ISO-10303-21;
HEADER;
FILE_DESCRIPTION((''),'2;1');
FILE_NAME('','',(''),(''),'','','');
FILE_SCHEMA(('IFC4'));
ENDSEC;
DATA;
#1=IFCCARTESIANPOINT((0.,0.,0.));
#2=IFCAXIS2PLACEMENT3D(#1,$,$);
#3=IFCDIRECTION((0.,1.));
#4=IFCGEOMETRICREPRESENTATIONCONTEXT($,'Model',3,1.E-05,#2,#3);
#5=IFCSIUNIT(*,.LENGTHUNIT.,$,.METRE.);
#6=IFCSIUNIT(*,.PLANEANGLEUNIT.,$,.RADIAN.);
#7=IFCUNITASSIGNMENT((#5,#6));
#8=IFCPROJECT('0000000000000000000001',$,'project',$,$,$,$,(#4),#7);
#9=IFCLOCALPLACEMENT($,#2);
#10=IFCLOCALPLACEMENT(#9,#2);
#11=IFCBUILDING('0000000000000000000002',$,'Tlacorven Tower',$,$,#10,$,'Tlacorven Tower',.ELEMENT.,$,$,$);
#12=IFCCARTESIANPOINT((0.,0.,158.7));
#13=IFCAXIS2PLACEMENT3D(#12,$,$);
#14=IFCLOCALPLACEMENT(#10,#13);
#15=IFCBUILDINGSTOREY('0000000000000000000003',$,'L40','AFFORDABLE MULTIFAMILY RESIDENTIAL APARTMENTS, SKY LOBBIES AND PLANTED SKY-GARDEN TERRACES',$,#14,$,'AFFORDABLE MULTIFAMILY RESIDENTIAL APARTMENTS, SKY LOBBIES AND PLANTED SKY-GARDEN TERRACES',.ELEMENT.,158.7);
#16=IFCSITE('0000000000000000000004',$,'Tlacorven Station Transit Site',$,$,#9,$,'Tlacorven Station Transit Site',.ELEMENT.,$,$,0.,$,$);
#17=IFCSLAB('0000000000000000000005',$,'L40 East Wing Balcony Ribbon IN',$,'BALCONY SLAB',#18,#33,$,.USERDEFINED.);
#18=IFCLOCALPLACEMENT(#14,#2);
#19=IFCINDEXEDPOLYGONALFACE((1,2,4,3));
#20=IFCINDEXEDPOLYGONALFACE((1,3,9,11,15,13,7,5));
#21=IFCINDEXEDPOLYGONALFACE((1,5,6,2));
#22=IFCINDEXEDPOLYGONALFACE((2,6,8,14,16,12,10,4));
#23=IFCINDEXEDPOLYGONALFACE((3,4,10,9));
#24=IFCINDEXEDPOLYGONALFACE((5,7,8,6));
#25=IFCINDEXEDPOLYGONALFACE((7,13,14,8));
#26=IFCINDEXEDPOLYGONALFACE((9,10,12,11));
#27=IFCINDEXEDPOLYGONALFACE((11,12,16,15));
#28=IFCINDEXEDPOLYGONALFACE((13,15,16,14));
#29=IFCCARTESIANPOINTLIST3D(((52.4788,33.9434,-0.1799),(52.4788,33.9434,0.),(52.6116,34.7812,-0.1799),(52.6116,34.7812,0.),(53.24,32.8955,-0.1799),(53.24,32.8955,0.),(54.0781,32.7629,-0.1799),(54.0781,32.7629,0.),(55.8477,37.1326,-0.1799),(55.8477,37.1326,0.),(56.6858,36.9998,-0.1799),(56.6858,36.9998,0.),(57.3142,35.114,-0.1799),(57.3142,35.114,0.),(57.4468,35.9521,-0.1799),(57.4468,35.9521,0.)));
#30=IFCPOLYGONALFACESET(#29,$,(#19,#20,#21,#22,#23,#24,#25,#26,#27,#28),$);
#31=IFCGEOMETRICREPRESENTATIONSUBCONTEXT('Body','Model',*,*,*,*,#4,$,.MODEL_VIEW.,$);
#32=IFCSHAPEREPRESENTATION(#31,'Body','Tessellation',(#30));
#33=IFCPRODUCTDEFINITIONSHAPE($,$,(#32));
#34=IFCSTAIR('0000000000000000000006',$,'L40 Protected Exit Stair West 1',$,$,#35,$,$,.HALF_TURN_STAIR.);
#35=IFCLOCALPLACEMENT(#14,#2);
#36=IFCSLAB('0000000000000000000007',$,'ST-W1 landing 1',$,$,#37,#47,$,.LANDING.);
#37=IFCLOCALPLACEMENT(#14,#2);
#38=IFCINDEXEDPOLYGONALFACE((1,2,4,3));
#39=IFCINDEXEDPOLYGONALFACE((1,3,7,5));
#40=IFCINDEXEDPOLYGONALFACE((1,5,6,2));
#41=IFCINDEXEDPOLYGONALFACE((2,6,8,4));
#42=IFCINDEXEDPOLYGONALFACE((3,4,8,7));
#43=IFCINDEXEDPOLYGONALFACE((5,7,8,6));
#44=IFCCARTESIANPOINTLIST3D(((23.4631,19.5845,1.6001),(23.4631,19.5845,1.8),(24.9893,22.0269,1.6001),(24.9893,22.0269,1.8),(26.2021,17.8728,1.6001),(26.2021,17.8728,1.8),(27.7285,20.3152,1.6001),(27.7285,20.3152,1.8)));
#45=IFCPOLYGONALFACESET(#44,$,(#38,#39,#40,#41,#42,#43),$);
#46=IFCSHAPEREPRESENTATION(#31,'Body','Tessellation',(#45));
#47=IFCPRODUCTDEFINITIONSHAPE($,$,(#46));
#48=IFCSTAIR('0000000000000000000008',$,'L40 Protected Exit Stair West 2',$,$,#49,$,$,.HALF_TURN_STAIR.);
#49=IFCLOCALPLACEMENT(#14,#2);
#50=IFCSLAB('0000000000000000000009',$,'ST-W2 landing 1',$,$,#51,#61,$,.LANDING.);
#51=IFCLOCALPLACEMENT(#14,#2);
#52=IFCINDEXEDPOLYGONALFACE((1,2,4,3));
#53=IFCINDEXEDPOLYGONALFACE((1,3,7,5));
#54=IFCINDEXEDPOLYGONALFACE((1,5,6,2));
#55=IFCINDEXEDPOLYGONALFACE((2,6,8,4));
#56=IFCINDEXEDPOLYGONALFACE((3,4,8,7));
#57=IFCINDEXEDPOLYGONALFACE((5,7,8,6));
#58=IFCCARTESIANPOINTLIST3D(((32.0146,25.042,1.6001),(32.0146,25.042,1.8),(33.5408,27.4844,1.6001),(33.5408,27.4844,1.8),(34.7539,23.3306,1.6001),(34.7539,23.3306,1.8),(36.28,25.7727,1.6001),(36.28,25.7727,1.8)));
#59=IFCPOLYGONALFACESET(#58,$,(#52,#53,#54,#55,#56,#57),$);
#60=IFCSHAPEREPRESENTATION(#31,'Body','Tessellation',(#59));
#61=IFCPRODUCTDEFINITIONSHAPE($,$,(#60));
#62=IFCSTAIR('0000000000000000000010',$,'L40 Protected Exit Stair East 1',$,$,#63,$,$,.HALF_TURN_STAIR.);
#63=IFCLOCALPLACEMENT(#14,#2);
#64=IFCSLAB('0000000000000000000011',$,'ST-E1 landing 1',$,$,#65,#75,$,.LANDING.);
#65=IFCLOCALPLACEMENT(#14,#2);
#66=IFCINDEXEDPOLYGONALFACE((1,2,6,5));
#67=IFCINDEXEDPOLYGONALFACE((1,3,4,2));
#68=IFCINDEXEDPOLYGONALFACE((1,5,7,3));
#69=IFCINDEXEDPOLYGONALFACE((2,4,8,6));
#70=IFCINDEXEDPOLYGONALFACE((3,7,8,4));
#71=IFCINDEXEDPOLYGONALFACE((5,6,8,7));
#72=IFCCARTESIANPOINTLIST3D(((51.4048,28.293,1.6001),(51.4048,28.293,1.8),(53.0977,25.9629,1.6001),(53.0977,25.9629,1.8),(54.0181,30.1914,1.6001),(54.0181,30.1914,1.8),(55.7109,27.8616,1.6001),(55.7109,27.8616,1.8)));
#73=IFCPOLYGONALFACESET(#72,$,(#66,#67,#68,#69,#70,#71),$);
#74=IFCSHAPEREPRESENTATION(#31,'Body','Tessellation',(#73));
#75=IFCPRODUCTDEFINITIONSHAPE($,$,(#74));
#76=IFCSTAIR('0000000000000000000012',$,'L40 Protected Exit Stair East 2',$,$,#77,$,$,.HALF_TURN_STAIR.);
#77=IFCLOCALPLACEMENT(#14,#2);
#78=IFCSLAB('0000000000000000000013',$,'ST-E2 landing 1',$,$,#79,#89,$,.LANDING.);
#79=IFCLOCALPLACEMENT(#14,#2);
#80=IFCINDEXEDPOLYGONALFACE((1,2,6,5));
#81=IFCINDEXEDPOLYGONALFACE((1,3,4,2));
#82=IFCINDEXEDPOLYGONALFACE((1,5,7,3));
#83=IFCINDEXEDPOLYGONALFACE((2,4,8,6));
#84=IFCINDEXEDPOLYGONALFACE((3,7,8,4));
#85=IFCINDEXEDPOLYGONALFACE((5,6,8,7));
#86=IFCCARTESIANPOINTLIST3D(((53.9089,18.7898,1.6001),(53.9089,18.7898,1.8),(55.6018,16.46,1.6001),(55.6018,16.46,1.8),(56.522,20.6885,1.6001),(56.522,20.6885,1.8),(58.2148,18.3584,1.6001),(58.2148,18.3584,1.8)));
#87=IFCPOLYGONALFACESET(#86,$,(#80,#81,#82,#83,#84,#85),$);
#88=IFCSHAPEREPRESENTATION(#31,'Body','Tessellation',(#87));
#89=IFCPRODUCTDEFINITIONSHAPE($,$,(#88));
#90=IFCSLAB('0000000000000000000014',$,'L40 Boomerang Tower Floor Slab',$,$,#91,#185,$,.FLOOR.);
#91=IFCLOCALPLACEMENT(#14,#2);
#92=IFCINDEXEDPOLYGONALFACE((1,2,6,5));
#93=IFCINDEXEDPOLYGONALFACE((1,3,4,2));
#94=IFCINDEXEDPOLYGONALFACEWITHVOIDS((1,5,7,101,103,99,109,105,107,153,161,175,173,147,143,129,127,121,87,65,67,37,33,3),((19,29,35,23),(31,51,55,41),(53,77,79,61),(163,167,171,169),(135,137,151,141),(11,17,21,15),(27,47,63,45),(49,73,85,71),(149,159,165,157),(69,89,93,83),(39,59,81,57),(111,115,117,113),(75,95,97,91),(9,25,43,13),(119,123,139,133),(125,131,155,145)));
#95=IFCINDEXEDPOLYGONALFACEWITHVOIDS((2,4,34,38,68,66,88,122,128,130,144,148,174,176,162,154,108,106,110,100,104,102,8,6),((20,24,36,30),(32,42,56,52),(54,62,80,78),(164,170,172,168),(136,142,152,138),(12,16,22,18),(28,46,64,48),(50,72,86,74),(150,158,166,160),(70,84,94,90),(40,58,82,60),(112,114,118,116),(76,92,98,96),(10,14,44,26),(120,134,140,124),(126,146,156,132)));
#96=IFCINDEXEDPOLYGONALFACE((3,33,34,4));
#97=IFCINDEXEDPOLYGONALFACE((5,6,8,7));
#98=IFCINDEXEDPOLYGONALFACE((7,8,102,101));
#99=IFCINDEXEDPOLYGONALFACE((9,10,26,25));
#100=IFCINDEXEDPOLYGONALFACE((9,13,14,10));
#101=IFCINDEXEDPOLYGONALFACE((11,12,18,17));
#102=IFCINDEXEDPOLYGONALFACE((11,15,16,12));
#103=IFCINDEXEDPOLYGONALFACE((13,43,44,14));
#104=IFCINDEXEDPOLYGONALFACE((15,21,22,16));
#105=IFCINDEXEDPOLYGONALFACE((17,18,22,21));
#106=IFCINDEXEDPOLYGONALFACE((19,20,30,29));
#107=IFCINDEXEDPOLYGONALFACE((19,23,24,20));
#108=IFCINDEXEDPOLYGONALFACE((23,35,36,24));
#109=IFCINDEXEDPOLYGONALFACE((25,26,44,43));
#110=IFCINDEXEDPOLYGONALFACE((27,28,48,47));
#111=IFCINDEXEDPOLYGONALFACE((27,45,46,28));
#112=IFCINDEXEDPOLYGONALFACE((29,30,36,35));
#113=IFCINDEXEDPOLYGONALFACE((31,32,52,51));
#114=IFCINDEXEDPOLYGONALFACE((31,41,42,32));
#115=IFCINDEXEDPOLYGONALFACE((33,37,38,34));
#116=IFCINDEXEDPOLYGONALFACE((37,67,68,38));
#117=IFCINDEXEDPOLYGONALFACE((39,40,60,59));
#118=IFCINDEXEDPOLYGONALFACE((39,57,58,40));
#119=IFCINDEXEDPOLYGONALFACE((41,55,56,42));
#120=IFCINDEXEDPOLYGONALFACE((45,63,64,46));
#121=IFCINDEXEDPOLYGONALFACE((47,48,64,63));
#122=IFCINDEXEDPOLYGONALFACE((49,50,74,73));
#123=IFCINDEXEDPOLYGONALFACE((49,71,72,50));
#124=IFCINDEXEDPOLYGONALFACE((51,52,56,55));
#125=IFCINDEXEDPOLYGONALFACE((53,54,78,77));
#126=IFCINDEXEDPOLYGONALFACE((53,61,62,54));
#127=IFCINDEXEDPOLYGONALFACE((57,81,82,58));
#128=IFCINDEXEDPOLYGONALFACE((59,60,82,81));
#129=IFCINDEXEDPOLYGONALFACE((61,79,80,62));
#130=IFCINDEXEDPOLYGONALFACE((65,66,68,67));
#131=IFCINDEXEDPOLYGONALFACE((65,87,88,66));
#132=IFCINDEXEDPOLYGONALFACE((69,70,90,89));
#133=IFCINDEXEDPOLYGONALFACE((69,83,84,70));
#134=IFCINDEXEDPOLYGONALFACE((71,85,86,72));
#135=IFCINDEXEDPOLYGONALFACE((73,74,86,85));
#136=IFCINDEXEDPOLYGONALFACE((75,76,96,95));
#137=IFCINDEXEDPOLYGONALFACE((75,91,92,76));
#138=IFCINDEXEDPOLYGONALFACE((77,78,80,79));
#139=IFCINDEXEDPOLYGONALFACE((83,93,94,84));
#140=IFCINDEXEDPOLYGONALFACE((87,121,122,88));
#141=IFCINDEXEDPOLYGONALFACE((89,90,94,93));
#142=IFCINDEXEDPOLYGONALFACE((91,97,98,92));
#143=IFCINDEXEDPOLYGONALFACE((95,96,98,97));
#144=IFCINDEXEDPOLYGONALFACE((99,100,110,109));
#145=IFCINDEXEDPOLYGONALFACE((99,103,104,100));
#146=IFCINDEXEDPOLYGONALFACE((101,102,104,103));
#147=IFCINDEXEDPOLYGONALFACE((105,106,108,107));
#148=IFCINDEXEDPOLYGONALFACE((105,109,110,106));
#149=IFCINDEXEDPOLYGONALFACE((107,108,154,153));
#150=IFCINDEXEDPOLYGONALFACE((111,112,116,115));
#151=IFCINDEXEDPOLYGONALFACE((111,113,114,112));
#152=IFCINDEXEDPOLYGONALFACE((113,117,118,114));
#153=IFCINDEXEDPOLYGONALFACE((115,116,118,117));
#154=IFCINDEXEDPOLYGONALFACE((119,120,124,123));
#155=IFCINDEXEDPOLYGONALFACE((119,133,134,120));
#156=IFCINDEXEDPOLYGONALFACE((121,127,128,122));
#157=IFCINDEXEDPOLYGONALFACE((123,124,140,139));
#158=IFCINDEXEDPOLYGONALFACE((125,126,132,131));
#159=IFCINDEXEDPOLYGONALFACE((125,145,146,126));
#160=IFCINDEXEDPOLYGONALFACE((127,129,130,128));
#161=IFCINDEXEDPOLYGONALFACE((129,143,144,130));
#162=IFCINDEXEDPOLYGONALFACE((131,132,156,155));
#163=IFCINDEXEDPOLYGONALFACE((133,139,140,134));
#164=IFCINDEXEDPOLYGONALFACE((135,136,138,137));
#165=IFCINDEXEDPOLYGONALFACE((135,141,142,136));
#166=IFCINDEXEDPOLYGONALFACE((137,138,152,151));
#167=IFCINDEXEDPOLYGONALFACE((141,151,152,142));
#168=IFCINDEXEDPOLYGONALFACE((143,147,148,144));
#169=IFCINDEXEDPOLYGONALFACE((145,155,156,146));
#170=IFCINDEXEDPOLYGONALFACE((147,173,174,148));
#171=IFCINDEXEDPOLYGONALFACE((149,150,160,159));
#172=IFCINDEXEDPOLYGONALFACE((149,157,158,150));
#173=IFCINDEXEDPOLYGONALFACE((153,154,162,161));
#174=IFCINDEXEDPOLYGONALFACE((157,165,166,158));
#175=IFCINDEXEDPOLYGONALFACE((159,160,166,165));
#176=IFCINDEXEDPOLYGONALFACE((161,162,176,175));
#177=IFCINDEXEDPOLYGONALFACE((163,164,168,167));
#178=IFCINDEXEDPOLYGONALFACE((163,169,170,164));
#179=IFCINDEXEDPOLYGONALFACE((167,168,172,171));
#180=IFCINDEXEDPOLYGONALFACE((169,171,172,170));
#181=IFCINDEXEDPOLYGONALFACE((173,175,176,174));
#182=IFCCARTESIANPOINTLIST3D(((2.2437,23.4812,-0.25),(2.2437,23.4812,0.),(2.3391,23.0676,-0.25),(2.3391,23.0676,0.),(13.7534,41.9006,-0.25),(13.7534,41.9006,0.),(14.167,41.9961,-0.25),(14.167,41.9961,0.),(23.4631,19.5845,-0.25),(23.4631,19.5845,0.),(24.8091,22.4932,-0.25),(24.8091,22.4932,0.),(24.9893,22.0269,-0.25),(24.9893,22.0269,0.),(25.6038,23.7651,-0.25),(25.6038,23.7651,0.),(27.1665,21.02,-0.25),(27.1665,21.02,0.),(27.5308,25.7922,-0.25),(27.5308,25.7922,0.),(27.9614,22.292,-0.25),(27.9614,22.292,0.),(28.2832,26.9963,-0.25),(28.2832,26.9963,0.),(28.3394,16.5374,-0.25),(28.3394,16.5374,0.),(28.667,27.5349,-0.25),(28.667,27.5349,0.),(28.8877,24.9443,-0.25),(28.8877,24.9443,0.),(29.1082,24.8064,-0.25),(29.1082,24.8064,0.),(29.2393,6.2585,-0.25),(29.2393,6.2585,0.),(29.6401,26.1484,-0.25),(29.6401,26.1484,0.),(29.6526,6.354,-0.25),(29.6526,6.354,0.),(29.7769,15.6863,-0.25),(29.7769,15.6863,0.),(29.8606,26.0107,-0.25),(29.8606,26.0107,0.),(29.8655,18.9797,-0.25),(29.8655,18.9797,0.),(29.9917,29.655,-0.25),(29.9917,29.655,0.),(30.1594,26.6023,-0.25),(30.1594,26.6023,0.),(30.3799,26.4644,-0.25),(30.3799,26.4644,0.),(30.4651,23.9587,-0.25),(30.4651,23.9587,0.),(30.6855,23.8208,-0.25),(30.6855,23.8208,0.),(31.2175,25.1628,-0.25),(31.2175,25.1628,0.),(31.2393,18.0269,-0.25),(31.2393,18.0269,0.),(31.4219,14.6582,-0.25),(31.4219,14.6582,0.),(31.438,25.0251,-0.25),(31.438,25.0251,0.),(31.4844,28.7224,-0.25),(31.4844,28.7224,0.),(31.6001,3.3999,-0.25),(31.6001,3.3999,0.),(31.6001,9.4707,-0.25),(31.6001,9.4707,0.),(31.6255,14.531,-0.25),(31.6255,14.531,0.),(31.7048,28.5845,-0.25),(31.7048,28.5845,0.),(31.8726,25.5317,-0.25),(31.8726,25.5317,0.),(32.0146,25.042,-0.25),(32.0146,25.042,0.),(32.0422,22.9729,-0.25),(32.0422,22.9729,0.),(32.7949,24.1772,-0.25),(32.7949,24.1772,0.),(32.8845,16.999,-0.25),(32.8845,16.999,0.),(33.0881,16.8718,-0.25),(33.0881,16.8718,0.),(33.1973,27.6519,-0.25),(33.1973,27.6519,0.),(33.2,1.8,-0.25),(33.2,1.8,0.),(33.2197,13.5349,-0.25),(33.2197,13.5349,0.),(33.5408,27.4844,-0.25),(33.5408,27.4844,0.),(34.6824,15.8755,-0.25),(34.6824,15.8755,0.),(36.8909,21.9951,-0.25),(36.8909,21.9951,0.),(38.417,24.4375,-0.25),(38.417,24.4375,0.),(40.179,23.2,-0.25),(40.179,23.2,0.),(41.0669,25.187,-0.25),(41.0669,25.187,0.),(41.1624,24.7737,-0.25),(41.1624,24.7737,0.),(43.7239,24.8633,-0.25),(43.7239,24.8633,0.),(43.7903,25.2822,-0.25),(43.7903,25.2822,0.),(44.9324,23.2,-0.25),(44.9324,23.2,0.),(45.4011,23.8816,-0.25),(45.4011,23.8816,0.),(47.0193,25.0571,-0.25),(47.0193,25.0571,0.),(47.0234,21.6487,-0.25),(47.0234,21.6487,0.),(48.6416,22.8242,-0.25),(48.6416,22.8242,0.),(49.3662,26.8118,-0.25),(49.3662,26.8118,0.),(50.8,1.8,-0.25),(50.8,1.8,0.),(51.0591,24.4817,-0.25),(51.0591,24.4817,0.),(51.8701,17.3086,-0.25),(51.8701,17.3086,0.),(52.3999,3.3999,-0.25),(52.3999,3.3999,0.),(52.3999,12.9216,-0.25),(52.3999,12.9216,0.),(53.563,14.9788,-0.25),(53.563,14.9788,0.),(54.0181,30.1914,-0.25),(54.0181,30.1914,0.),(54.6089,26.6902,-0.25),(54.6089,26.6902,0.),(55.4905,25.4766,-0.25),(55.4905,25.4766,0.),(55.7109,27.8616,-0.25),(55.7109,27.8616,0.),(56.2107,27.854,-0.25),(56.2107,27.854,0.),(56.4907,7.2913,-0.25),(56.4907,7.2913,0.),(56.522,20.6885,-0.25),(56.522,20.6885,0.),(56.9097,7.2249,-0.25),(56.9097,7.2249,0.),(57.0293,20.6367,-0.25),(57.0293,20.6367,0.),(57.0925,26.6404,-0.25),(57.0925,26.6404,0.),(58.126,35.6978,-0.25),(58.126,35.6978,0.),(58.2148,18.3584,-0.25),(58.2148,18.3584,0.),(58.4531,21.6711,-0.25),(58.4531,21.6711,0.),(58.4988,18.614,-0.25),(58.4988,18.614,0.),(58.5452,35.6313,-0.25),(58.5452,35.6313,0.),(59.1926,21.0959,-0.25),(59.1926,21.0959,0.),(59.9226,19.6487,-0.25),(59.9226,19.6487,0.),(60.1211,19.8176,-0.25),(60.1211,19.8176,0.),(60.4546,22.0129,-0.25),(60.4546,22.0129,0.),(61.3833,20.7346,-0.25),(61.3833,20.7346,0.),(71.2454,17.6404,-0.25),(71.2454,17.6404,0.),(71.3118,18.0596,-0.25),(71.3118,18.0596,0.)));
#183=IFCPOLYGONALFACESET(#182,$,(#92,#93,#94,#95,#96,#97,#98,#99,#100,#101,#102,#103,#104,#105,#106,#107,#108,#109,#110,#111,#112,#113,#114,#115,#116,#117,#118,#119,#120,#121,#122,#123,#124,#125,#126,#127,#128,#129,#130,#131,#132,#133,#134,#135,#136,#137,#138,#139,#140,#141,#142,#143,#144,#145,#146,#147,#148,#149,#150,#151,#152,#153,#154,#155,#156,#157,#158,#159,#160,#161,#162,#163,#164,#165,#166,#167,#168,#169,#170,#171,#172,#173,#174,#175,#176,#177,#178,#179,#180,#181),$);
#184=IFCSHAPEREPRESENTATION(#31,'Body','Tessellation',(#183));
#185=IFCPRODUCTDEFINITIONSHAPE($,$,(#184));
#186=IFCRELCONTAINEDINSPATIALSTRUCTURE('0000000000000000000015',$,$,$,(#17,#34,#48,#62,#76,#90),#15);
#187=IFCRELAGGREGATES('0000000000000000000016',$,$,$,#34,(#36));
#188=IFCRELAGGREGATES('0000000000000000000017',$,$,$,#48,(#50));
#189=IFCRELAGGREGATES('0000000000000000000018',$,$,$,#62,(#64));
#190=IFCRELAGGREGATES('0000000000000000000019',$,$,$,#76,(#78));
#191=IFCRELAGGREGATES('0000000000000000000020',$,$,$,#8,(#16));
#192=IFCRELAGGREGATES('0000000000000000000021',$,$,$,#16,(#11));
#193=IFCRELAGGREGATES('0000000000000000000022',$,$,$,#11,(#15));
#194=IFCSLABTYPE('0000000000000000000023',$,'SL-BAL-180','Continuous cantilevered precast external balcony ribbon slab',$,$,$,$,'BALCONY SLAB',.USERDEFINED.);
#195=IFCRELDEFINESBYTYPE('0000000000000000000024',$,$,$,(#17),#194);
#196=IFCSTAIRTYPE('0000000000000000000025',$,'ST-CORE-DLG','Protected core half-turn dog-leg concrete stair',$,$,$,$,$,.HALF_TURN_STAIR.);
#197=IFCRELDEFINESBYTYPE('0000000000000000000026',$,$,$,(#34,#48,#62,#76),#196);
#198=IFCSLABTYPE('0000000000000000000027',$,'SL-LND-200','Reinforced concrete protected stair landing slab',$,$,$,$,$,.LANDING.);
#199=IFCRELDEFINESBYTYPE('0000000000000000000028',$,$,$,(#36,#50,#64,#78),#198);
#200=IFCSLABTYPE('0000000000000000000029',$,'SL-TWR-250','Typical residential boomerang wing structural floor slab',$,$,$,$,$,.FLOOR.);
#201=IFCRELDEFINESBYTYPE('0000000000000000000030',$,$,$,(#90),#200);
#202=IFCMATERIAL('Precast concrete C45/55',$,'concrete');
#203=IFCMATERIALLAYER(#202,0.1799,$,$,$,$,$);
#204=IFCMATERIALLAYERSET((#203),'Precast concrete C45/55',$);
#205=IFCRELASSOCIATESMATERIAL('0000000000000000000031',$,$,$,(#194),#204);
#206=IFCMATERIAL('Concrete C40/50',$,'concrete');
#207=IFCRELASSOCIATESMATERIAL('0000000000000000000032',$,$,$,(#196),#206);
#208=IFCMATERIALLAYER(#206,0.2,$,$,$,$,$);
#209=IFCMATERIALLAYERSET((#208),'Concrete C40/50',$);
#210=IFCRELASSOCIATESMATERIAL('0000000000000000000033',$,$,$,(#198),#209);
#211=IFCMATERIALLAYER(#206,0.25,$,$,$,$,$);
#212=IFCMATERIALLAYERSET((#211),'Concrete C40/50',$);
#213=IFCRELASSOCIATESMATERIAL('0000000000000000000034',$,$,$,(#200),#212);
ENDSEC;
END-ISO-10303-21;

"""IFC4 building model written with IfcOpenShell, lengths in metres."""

from ifc_helpers import new_model, si_unit, direction, frame, origin, place, context, subcontext, project, spatial, polyline, outline, extrude, material, layer, layer_set, type_object, element, aggregate, save


model = new_model("IFC4")

# Units and contexts
model_context = context("Model", 3, precision=1e-05, world=origin(), true_north=direction((0.0, 1.0)))
body_context = subcontext(model_context, "Body", "Model", "MODEL_VIEW")
ifc_project = project(units=[si_unit("LENGTHUNIT", "METRE"), si_unit("PLANEANGLEUNIT", "RADIAN")], contexts=[model_context])

# Site, building, storey
site_placement = place(None, origin())
site = spatial("IfcSite", under=ifc_project, at=site_placement, Name="Tlacorven Station Transit Site", LongName="Tlacorven Station Transit Site", CompositionType="ELEMENT", RefElevation=0.0)
building_placement = place(site_placement, origin())
building = spatial("IfcBuilding", under=site, at=building_placement, Name="Tlacorven Tower", LongName="Tlacorven Tower", CompositionType="ELEMENT")
storey_placement = place(building_placement, frame((0.0, 0.0, 158.7)))
storey = spatial("IfcBuildingStorey", under=building, at=storey_placement, Name="L40", Description="AFFORDABLE MULTIFAMILY RESIDENTIAL APARTMENTS, SKY LOBBIES AND PLANTED SKY-GARDEN TERRACES", LongName="AFFORDABLE MULTIFAMILY RESIDENTIAL APARTMENTS, SKY LOBBIES AND PLANTED SKY-GARDEN TERRACES", CompositionType="ELEMENT", Elevation=158.7)

# Slab
ifc_material_1 = material(Name="Precast concrete C45/55", Category="concrete")
ifc_layer_1 = layer(ifc_material_1, 0.1799)
ifc_layer_set_1 = layer_set([ifc_layer_1], Name="Precast concrete C45/55")
slab_type_1 = type_object("IfcSlabType", Name="SL-BAL-180", Description="Continuous cantilevered precast external balcony ribbon slab", ElementType="BALCONY SLAB", PredefinedType="USERDEFINED", material=ifc_layer_set_1)
slab_1_placement = place(storey_placement, frame((0.0, 0.0, -0.1799)))
element("IfcSlab", 1, at=slab_1_placement, inside=storey, type_object=slab_type_1, Name="L40 East Wing Balcony Ribbon IN", ObjectType="BALCONY SLAB", PredefinedType="USERDEFINED", context=body_context, shape_type="SweptSolid", body=[
    extrude(outline(polyline([(54.0781, 32.7629), (57.3142, 35.114), (57.4468, 35.9521), (56.6858, 36.9998), (55.8477, 37.1326), (52.6116, 34.7812), (52.4788, 33.9434), (53.24, 32.8955), (54.0781, 32.7629)])), origin(), (0.0, 0.0, 1.0), 0.1799),
])

# Stairs, slabs
ifc_material_2 = material(Name="Concrete C40/50", Category="concrete")
stair_type = type_object("IfcStairType", Name="ST-CORE-DLG", Description="Protected core half-turn dog-leg concrete stair", PredefinedType="HALF_TURN_STAIR", material=ifc_material_2)
stair_1_placement = place(storey_placement, origin())
stair_1 = element("IfcStair", 2, at=stair_1_placement, inside=storey, type_object=stair_type, Name="L40 Protected Exit Stair West 1", PredefinedType="HALF_TURN_STAIR")
ifc_layer_2 = layer(ifc_material_2, 0.2)
ifc_layer_set_2 = layer_set([ifc_layer_2], Name="Concrete C40/50")
slab_type_2 = type_object("IfcSlabType", Name="SL-LND-200", Description="Reinforced concrete protected stair landing slab", PredefinedType="LANDING", material=ifc_layer_set_2)
slab_2_placement = place(storey_placement, frame((0.0, 0.0, 1.6001)))
slab_2 = element("IfcSlab", 3, at=slab_2_placement, type_object=slab_type_2, Name="ST-W1 landing 1", PredefinedType="LANDING", context=body_context, shape_type="SweptSolid", body=[
    extrude(outline(polyline([(27.7285, 20.3152), (24.9893, 22.0269), (23.4631, 19.5845), (26.2021, 17.8728), (27.7285, 20.3152)])), origin(), (0.0, 0.0, 1.0), 0.2),
])
aggregate(stair_1, [slab_2])
stair_2_placement = place(storey_placement, origin())
stair_2 = element("IfcStair", 4, at=stair_2_placement, inside=storey, type_object=stair_type, Name="L40 Protected Exit Stair West 2", PredefinedType="HALF_TURN_STAIR")
slab_3_placement = place(storey_placement, frame((0.0, 0.0, 1.6001)))
slab_3 = element("IfcSlab", 5, at=slab_3_placement, type_object=slab_type_2, Name="ST-W2 landing 1", PredefinedType="LANDING", context=body_context, shape_type="SweptSolid", body=[
    extrude(outline(polyline([(36.28, 25.7727), (33.5408, 27.4844), (32.0146, 25.042), (34.7539, 23.3306), (36.28, 25.7727)])), origin(), (0.0, 0.0, 1.0), 0.2),
])
aggregate(stair_2, [slab_3])
stair_3_placement = place(storey_placement, origin())
stair_3 = element("IfcStair", 6, at=stair_3_placement, inside=storey, type_object=stair_type, Name="L40 Protected Exit Stair East 1", PredefinedType="HALF_TURN_STAIR")
slab_4_placement = place(storey_placement, frame((0.0, 0.0, 1.6001)))
slab_4 = element("IfcSlab", 7, at=slab_4_placement, type_object=slab_type_2, Name="ST-E1 landing 1", PredefinedType="LANDING", context=body_context, shape_type="SweptSolid", body=[
    extrude(outline(polyline([(53.0977, 25.9629), (55.7109, 27.8616), (54.0181, 30.1914), (51.4048, 28.293), (53.0977, 25.9629)])), origin(), (0.0, 0.0, 1.0), 0.2),
])
aggregate(stair_3, [slab_4])
stair_4_placement = place(storey_placement, origin())
stair_4 = element("IfcStair", 8, at=stair_4_placement, inside=storey, type_object=stair_type, Name="L40 Protected Exit Stair East 2", PredefinedType="HALF_TURN_STAIR")
slab_5_placement = place(storey_placement, frame((0.0, 0.0, 1.6001)))
slab_5 = element("IfcSlab", 9, at=slab_5_placement, type_object=slab_type_2, Name="ST-E2 landing 1", PredefinedType="LANDING", context=body_context, shape_type="SweptSolid", body=[
    extrude(outline(polyline([(55.6018, 16.46), (58.2148, 18.3584), (56.522, 20.6885), (53.9089, 18.7898), (55.6018, 16.46)])), origin(), (0.0, 0.0, 1.0), 0.2),
])
aggregate(stair_4, [slab_5])

# Slab
ifc_layer_3 = layer(ifc_material_2, 0.25)
ifc_layer_set_3 = layer_set([ifc_layer_3], Name="Concrete C40/50")
slab_type_3 = type_object("IfcSlabType", Name="SL-TWR-250", Description="Typical residential boomerang wing structural floor slab", PredefinedType="FLOOR", material=ifc_layer_set_3)
slab_6_placement = place(storey_placement, frame((0.0, 0.0, -0.25)))
element("IfcSlab", 10, at=slab_6_placement, inside=storey, type_object=slab_type_3, Name="L40 Boomerang Tower Floor Slab", PredefinedType="FLOOR", context=body_context, shape_type="SweptSolid", body=[
    extrude(outline(polyline([(52.3999, 3.3999), (50.8, 1.8), (33.2, 1.8), (31.6001, 3.3999), (31.6001, 9.4707), (29.6526, 6.354), (29.2393, 6.2585), (2.3391, 23.0676), (2.2437, 23.4812), (13.7534, 41.9006), (14.167, 41.9961), (41.0669, 25.187), (41.1624, 24.7737), (40.179, 23.2), (44.9324, 23.2), (43.7239, 24.8633), (43.7903, 25.2822), (58.126, 35.6978), (58.5452, 35.6313), (71.3118, 18.0596), (71.2454, 17.6404), (56.9097, 7.2249), (56.4907, 7.2913), (52.3999, 12.9216), (52.3999, 3.3999)]), holes=[polyline([(29.8655, 18.9797), (24.9893, 22.0269), (23.4631, 19.5845), (28.3394, 16.5374), (29.8655, 18.9797)]), polyline([(38.417, 24.4375), (33.5408, 27.4844), (32.0146, 25.042), (36.8909, 21.9951), (38.417, 24.4375)]), polyline([(51.0591, 24.4817), (55.7109, 27.8616), (54.0181, 30.1914), (49.3662, 26.8118), (51.0591, 24.4817)]), polyline([(53.563, 14.9788), (58.2148, 18.3584), (56.522, 20.6885), (51.8701, 17.3086), (53.563, 14.9788)]), polyline([(34.6824, 15.8755), (33.0881, 16.8718), (31.6255, 14.531), (33.2197, 13.5349), (34.6824, 15.8755)]), polyline([(32.8845, 16.999), (31.2393, 18.0269), (29.7769, 15.6863), (31.4219, 14.6582), (32.8845, 16.999)]), polyline([(47.0234, 21.6487), (48.6416, 22.8242), (47.0193, 25.0571), (45.4011, 23.8816), (47.0234, 21.6487)]), polyline([(33.1973, 27.6519), (31.7048, 28.5845), (30.3799, 26.4644), (31.8726, 25.5317), (33.1973, 27.6519)]), polyline([(31.4844, 28.7224), (29.9917, 29.655), (28.667, 27.5349), (30.1594, 26.6023), (31.4844, 28.7224)]), polyline([(32.7949, 24.1772), (31.438, 25.0251), (30.6855, 23.8208), (32.0422, 22.9729), (32.7949, 24.1772)]), polyline([(31.2175, 25.1628), (29.8606, 26.0107), (29.1082, 24.8064), (30.4651, 23.9587), (31.2175, 25.1628)]), polyline([(29.6401, 26.1484), (28.2832, 26.9963), (27.5308, 25.7922), (28.8877, 24.9443), (29.6401, 26.1484)]), polyline([(58.4988, 18.614), (59.9226, 19.6487), (58.4531, 21.6711), (57.0293, 20.6367), (58.4988, 18.614)]), polyline([(27.9614, 22.292), (25.6038, 23.7651), (24.8091, 22.4932), (27.1665, 21.02), (27.9614, 22.292)]), polyline([(55.4905, 25.4766), (57.0925, 26.6404), (56.2107, 27.854), (54.6089, 26.6902), (55.4905, 25.4766)]), polyline([(60.1211, 19.8176), (61.3833, 20.7346), (60.4546, 22.0129), (59.1926, 21.0959), (60.1211, 19.8176)])]), origin(), (0.0, 0.0, 1.0), 0.25),
])

save(model, "model.ifc")
